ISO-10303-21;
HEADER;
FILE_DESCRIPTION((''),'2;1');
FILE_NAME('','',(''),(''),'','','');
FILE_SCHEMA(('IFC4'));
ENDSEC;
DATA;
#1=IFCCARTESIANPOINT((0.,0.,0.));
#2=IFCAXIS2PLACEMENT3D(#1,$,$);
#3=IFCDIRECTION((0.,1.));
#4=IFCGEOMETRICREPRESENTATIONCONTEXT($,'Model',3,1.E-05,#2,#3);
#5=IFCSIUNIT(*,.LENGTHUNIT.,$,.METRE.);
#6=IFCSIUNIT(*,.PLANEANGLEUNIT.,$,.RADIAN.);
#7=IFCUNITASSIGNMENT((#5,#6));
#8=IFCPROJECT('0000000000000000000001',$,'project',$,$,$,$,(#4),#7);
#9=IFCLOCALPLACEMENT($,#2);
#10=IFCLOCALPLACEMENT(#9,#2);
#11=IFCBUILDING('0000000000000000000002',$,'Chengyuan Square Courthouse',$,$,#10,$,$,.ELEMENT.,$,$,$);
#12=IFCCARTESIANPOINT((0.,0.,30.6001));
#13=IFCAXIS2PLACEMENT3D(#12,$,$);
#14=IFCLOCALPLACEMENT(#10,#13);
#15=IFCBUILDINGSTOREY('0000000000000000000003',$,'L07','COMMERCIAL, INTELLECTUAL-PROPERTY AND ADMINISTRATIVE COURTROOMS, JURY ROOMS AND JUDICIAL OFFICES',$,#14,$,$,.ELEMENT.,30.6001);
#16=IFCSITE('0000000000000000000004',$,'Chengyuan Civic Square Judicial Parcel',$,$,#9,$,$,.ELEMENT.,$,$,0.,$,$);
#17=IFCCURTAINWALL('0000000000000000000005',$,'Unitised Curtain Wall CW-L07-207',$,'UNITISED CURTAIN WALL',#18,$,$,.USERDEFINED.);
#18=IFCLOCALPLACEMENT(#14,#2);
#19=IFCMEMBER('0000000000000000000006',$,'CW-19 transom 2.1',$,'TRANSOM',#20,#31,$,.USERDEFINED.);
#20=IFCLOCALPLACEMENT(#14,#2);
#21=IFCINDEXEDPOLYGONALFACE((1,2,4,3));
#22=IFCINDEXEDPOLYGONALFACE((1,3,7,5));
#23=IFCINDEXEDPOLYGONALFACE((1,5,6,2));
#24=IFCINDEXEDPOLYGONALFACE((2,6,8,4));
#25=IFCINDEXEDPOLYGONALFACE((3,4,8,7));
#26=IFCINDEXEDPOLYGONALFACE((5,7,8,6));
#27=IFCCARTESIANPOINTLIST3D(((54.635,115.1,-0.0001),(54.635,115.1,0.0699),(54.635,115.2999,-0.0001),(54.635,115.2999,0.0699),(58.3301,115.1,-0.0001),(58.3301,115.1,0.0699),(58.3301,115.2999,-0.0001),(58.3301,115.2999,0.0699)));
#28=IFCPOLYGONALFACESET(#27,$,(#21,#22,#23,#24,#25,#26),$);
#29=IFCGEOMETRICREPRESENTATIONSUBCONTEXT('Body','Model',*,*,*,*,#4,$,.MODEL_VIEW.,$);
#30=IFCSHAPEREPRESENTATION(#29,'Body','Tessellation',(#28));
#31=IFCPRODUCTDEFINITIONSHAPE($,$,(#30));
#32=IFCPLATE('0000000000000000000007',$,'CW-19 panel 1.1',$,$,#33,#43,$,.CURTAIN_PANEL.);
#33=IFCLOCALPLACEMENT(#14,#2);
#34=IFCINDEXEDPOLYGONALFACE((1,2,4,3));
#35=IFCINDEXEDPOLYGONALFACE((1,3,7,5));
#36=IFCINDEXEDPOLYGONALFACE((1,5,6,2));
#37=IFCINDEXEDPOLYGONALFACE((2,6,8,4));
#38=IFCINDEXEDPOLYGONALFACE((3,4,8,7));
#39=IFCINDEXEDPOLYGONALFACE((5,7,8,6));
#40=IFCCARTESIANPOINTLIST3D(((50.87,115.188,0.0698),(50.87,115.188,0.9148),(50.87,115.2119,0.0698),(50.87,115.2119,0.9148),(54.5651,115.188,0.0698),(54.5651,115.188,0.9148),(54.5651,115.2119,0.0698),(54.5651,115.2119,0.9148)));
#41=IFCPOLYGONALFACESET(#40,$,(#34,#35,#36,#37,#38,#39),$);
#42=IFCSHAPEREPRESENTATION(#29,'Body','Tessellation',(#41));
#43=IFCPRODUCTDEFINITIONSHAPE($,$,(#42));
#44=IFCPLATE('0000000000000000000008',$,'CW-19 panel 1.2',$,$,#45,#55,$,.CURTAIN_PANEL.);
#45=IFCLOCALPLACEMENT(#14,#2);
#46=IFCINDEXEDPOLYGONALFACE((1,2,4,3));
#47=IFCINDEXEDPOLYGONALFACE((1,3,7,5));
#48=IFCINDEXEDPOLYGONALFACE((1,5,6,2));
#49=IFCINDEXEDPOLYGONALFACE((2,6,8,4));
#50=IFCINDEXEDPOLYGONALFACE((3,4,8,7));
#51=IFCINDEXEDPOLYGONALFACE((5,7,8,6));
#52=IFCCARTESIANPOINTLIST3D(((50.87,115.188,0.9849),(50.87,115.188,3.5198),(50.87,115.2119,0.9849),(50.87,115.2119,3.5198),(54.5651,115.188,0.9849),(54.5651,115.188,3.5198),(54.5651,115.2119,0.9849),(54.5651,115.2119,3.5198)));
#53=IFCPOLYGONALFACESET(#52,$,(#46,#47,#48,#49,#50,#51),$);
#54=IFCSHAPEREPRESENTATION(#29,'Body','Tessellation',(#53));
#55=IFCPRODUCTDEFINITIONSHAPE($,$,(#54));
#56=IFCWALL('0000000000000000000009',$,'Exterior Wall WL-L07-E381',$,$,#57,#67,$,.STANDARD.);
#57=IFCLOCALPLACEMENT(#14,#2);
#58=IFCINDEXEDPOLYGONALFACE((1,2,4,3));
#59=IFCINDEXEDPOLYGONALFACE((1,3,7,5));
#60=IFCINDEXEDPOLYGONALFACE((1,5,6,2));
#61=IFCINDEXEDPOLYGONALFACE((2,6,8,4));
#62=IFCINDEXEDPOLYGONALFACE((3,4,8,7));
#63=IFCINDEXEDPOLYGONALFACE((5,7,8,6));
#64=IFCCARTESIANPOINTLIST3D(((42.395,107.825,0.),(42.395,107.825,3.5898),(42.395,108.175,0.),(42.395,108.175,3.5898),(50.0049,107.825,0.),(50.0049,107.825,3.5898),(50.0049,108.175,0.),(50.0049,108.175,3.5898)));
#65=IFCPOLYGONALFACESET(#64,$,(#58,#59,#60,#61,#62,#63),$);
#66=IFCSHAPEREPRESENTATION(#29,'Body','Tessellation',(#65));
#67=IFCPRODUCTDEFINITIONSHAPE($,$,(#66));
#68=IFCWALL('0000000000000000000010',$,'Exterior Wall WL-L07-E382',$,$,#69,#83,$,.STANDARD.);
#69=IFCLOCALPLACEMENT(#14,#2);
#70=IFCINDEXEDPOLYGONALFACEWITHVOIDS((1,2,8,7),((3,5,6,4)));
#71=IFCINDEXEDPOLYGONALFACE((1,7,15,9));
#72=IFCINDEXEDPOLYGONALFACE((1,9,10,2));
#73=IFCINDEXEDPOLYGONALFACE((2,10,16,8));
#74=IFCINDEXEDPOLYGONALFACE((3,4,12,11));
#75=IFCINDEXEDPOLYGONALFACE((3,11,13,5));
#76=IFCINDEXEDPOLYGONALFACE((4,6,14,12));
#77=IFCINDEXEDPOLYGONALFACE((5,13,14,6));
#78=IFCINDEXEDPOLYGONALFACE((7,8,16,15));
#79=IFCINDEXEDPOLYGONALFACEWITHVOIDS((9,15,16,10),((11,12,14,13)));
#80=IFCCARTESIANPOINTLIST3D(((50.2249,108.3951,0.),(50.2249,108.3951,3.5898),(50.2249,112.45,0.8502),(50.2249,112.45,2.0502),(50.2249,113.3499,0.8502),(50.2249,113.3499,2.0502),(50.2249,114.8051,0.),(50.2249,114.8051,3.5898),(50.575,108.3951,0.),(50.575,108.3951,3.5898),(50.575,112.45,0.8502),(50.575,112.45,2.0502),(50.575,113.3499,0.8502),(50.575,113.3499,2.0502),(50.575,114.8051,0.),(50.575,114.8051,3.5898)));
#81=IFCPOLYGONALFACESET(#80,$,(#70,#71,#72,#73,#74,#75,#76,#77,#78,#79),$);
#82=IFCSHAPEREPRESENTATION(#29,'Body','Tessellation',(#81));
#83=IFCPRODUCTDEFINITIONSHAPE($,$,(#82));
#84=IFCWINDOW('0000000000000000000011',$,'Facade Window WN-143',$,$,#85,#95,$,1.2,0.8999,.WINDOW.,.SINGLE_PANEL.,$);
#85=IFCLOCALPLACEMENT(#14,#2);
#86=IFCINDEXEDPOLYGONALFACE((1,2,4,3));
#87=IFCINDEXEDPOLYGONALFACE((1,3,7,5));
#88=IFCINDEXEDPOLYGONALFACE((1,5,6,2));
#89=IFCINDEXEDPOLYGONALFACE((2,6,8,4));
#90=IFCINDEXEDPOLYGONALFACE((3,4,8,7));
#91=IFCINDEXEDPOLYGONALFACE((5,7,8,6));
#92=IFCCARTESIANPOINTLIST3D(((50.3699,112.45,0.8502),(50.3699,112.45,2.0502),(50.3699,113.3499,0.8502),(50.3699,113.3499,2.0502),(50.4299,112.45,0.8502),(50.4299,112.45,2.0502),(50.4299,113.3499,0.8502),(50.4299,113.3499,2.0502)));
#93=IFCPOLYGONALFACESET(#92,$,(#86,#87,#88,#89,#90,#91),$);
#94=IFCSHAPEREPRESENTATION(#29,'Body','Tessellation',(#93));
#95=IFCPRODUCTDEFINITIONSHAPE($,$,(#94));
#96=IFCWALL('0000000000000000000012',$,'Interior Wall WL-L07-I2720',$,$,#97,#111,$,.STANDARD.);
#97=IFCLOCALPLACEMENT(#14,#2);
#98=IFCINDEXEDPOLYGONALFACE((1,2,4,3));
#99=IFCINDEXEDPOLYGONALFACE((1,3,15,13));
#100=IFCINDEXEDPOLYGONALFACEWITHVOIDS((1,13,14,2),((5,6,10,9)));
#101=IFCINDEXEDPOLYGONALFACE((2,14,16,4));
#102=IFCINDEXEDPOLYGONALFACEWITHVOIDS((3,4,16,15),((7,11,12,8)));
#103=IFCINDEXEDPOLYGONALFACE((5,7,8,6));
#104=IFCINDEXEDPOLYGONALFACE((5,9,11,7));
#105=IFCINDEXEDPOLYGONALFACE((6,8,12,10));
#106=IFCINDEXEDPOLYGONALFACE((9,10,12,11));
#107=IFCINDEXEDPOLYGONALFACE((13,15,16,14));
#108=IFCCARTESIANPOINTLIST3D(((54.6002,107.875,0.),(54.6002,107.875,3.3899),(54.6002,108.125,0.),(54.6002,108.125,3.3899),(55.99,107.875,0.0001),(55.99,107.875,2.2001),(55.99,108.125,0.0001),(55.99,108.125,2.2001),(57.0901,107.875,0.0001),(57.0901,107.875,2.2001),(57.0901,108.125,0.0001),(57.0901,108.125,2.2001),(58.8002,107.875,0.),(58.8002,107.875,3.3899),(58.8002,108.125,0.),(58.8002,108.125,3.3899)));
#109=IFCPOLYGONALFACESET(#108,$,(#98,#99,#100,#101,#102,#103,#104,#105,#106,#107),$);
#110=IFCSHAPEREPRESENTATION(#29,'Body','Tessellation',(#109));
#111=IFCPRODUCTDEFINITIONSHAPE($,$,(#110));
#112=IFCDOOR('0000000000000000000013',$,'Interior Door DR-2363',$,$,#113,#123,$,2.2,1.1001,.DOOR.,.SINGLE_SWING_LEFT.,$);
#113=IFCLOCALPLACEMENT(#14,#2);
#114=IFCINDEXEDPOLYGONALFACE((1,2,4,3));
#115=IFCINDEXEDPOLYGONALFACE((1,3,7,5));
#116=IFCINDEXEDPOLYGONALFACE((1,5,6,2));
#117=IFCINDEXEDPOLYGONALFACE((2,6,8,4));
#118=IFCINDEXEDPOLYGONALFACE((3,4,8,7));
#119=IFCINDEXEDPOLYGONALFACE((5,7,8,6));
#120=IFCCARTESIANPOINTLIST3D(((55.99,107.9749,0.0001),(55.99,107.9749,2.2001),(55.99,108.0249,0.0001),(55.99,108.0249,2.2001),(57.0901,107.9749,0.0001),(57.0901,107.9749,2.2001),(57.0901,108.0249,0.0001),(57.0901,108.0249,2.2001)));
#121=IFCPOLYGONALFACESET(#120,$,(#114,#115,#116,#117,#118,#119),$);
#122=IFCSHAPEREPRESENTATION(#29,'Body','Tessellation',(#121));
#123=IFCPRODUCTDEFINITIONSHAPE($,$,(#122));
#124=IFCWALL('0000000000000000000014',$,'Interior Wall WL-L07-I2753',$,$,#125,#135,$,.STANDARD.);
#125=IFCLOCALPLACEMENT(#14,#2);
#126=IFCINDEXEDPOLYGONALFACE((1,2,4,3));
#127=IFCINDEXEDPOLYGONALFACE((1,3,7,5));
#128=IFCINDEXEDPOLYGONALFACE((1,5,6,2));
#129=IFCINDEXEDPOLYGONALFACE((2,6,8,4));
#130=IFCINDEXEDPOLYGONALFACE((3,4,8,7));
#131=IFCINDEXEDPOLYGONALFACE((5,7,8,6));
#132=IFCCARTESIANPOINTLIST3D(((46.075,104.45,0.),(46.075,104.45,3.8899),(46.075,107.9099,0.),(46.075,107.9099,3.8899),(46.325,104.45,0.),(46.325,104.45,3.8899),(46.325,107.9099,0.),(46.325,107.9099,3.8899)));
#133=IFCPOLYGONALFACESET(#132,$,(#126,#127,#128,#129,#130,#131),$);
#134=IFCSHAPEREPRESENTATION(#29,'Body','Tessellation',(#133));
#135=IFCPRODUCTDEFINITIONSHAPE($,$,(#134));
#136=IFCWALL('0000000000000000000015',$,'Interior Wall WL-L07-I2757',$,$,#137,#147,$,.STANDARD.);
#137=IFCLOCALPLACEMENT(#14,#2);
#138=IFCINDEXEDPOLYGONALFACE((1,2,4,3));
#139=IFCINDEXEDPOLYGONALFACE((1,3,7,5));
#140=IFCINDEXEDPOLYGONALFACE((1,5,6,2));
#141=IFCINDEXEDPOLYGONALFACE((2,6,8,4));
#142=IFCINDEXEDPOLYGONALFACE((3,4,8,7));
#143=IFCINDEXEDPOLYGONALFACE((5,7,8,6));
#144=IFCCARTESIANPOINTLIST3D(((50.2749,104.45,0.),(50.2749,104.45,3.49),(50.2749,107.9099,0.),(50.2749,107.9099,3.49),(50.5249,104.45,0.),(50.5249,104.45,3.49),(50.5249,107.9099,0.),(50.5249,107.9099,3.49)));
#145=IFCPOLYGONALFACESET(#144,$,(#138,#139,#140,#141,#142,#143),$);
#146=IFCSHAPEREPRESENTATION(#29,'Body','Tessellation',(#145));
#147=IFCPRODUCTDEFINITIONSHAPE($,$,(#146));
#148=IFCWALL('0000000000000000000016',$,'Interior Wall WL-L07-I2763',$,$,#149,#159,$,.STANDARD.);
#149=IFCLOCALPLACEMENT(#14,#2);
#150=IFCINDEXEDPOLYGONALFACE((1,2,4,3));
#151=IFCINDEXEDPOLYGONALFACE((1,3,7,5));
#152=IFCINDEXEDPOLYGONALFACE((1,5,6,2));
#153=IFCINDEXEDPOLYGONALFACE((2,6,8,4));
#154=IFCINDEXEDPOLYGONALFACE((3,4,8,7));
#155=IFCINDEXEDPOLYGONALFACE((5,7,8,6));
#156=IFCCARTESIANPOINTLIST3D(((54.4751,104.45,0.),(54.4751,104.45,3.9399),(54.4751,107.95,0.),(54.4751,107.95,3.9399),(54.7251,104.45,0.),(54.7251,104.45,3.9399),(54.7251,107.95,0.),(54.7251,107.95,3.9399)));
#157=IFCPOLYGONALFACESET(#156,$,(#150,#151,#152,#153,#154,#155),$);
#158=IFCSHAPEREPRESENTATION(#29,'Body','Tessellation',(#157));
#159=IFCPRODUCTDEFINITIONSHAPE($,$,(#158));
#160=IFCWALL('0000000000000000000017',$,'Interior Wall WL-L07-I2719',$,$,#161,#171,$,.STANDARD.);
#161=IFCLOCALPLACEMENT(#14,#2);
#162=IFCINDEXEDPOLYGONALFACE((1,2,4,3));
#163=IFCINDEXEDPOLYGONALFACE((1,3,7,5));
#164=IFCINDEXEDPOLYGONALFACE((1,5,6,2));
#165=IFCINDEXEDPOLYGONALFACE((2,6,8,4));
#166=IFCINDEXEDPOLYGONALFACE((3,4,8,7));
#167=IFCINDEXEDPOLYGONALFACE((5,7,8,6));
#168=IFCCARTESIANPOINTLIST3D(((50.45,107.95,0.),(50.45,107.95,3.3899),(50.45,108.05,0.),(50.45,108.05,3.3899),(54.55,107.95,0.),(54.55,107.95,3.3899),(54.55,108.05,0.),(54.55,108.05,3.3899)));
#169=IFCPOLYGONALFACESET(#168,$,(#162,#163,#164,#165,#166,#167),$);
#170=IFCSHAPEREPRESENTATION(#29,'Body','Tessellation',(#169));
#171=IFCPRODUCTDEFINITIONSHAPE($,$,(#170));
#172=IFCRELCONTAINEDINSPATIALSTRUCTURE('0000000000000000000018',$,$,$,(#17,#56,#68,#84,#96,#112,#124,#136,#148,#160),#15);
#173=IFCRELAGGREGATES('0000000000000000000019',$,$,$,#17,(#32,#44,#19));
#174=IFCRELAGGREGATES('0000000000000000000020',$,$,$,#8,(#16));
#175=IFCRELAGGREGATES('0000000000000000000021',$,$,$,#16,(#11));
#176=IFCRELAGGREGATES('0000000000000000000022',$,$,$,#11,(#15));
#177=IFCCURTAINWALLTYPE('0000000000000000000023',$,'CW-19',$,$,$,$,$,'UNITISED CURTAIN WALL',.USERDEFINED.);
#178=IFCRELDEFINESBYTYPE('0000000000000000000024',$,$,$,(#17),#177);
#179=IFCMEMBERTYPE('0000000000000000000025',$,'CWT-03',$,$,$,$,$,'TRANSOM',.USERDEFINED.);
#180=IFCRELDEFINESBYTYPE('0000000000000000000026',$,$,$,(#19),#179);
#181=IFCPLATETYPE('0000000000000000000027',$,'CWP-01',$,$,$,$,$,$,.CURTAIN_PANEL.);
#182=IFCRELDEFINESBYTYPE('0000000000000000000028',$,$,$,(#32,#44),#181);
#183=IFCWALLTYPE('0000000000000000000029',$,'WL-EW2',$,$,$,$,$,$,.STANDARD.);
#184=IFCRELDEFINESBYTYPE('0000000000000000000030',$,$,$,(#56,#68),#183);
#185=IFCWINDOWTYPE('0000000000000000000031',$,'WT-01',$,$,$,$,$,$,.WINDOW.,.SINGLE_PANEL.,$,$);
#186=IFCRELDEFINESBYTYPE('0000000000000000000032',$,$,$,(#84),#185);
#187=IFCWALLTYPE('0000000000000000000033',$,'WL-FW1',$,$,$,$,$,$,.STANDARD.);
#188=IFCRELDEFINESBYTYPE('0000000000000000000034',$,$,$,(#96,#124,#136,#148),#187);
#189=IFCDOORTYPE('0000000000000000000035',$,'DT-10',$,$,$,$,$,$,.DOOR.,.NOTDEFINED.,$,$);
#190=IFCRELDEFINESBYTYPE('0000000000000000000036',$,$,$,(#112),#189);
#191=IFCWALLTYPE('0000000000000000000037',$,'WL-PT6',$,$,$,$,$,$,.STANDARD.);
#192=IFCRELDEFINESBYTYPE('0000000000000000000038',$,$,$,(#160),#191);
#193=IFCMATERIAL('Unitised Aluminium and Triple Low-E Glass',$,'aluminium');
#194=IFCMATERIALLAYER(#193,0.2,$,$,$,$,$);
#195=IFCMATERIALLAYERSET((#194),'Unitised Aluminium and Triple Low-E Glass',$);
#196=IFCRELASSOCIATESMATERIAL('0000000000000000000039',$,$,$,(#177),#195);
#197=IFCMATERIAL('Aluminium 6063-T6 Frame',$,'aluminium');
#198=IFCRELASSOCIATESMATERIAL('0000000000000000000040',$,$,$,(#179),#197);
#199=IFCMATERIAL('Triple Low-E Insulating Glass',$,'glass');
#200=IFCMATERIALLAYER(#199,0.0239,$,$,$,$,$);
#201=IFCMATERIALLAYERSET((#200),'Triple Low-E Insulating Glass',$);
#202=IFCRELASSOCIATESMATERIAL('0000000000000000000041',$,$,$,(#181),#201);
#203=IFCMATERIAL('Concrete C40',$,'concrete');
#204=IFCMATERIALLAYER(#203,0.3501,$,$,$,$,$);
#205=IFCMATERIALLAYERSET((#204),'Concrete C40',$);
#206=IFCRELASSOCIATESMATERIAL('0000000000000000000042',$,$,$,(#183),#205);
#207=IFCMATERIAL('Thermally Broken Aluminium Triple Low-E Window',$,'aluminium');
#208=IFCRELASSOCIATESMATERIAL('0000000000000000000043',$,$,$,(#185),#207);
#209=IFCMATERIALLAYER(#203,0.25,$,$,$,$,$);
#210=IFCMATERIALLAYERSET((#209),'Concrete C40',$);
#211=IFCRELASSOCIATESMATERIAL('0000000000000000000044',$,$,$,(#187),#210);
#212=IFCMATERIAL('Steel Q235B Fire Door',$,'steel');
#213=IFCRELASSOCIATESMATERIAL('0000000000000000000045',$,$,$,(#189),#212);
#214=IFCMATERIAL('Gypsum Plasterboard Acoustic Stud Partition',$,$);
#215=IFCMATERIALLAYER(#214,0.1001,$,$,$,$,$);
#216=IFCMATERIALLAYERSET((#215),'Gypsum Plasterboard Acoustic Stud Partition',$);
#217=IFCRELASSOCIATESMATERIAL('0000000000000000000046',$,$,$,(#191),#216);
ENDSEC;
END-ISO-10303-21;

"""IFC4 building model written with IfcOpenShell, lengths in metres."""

from ifc_helpers import new_model, si_unit, direction, frame, frame_2d, origin, origin_2d, place, context, subcontext, project, spatial, rectangle, extrude, material, layer, layer_set, material_profile, profile_set, type_object, element, fill, aggregate, save


model = new_model("IFC4")

# Units and contexts
model_context = context("Model", 3, precision=1e-05, world=origin(), true_north=direction((0.0, 1.0)))
body_context = subcontext(model_context, "Body", "Model", "MODEL_VIEW")
ifc_project = project(units=[si_unit("LENGTHUNIT", "METRE"), si_unit("PLANEANGLEUNIT", "RADIAN")], contexts=[model_context])

# Site, building, storey
site_placement = place(None, origin())
site = spatial("IfcSite", under=ifc_project, at=site_placement, Name="Chengyuan Civic Square Judicial Parcel", CompositionType="ELEMENT", RefElevation=0.0)
building_placement = place(site_placement, origin())
building = spatial("IfcBuilding", under=site, at=building_placement, Name="Chengyuan Square Courthouse", CompositionType="ELEMENT")
storey_placement = place(building_placement, frame((0.0, 0.0, 30.6001)))
storey = spatial("IfcBuildingStorey", under=building, at=storey_placement, Name="L07", Description="COMMERCIAL, INTELLECTUAL-PROPERTY AND ADMINISTRATIVE COURTROOMS, JURY ROOMS AND JUDICIAL OFFICES", CompositionType="ELEMENT", Elevation=30.6001)

# Shared definitions
ifc_material_1 = material(Name="Concrete C40", Category="concrete")

# Curtain wall, member, plates
ifc_material_2 = material(Name="Unitised Aluminium and Triple Low-E Glass", Category="aluminium")
ifc_layer_1 = layer(ifc_material_2, 0.2)
ifc_layer_set_1 = layer_set([ifc_layer_1], Name="Unitised Aluminium and Triple Low-E Glass")
curtain_wall_type = type_object("IfcCurtainWallType", Name="CW-19", ElementType="UNITISED CURTAIN WALL", PredefinedType="USERDEFINED", material=ifc_layer_set_1)
curtain_wall_placement = place(storey_placement, origin())
curtain_wall = element("IfcCurtainWall", 1, at=curtain_wall_placement, inside=storey, type_object=curtain_wall_type, Name="Unitised Curtain Wall CW-L07-207", ObjectType="UNITISED CURTAIN WALL", PredefinedType="USERDEFINED")
ifc_material_3 = material(Name="Aluminium 6063-T6 Frame", Category="aluminium")
ifc_material_profile_1 = material_profile(ifc_material_3, rectangle(XDim=0.2, YDim=0.0701, at=origin_2d()), Name="CW-TRN-70x160")
ifc_profile_set_1 = profile_set([ifc_material_profile_1], Name="Aluminium 6063-T6 Frame")
member_type_1 = type_object("IfcMemberType", Name="CWT-03", ElementType="TRANSOM", PredefinedType="USERDEFINED", material=ifc_profile_set_1)
member_1_placement = place(storey_placement, frame((54.635, 115.2, 0.0349), z_axis=(1.0, 0.0, 0.0), x_axis=(0.0, 1.0, 0.0)))
member_1 = element("IfcMember", 2, at=member_1_placement, type_object=member_type_1, Name="CW-19 transom 2.1", ObjectType="TRANSOM", PredefinedType="USERDEFINED", context=body_context, shape_type="SweptSolid", body=[
    extrude(rectangle(XDim=0.2, YDim=0.0701, at=origin_2d()), origin(), (0.0, 0.0, 1.0), 3.6951),
])
ifc_material_4 = material(Name="Triple Low-E Insulating Glass", Category="glass")
ifc_layer_2 = layer(ifc_material_4, 0.0239)
ifc_layer_set_2 = layer_set([ifc_layer_2], Name="Triple Low-E Insulating Glass")
plate_type = type_object("IfcPlateType", Name="CWP-01", PredefinedType="CURTAIN_PANEL", material=ifc_layer_set_2)
plate_1_placement = place(storey_placement, frame((52.7175, 115.2, 0.0698), z_axis=(0.0, 0.0, 1.0), x_axis=(1.0, 0.0, 0.0)))
plate_1 = element("IfcPlate", 3, at=plate_1_placement, type_object=plate_type, Name="CW-19 panel 1.1", PredefinedType="CURTAIN_PANEL", context=body_context, shape_type="SweptSolid", body=[
    extrude(rectangle(XDim=3.6951, YDim=0.0239, at=origin_2d()), origin(), (0.0, 0.0, 1.0), 0.845),
])
plate_2_placement = place(storey_placement, frame((52.7175, 115.2, 0.9849), z_axis=(0.0, 0.0, 1.0), x_axis=(1.0, 0.0, 0.0)))
plate_2 = element("IfcPlate", 4, at=plate_2_placement, type_object=plate_type, Name="CW-19 panel 1.2", PredefinedType="CURTAIN_PANEL", context=body_context, shape_type="SweptSolid", body=[
    extrude(rectangle(XDim=3.6951, YDim=0.0239, at=origin_2d()), origin(), (0.0, 0.0, 1.0), 2.5349),
])
aggregate(curtain_wall, [plate_1, plate_2, member_1])

# Wall
ifc_layer_3 = layer(ifc_material_1, 0.3501)
ifc_layer_set_3 = layer_set([ifc_layer_3], Name="Concrete C40")
wall_type_1 = type_object("IfcWallType", Name="WL-EW2", PredefinedType="STANDARD", material=ifc_layer_set_3)
wall_1_placement = place(storey_placement, frame((42.395, 108.0, 0.0), z_axis=(0.0, 0.0, 1.0), x_axis=(1.0, 0.0, 0.0)))
element("IfcWall", 5, at=wall_1_placement, inside=storey, type_object=wall_type_1, Name="Exterior Wall WL-L07-E381", PredefinedType="STANDARD", context=body_context, shape_type="SweptSolid", body=[
    extrude(rectangle(XDim=7.6099, YDim=0.3501, at=frame_2d((3.8049, 0.0))), origin(), (0.0, 0.0, 1.0), 3.5898),
])

# Wall, opening, window
wall_2_placement = place(storey_placement, frame((50.3999, 108.395, 0.0), z_axis=(0.0, 0.0, 1.0), x_axis=(0.0, 1.0, 0.0)))
wall_2 = element("IfcWall", 6, at=wall_2_placement, inside=storey, type_object=wall_type_1, Name="Exterior Wall WL-L07-E382", PredefinedType="STANDARD", context=body_context, shape_type="SweptSolid", body=[
    extrude(rectangle(XDim=6.4099, YDim=0.3501, at=frame_2d((3.2051, 0.0))), origin(), (0.0, 0.0, 1.0), 3.5898),
])
opening_1_placement = place(wall_2_placement, frame((4.0549, 0.0, 0.8501)))
opening_1 = element("IfcOpeningElement", 7, at=opening_1_placement, cuts=wall_2, PredefinedType="OPENING", context=body_context, shape_type="SweptSolid", body=[
    extrude(rectangle(XDim=0.8999, YDim=1.2, at=frame_2d((0.45, 0.6001))), frame((0.0, 0.187, 0.0), z_axis=(0.0, -1.0, 0.0), x_axis=(1.0, 0.0, 0.0)), (0.0, 0.0, 1.0), 0.374),
])
ifc_material_5 = material(Name="Thermally Broken Aluminium Triple Low-E Window", Category="aluminium")
window_type = type_object("IfcWindowType", Name="WT-01", PartitioningType="SINGLE_PANEL", PredefinedType="WINDOW", material=ifc_material_5)
window_placement = place(opening_1_placement, origin())
window = element("IfcWindow", 8, at=window_placement, inside=storey, type_object=window_type, Name="Facade Window WN-143", OverallHeight=1.2, OverallWidth=0.8999, PartitioningType="SINGLE_PANEL", PredefinedType="WINDOW", context=body_context, shape_type="SweptSolid", body=[
    extrude(rectangle(XDim=0.8999, YDim=1.2, at=frame_2d((0.45, 0.6001))), frame((0.0, 0.03, 0.0), z_axis=(0.0, -1.0, 0.0), x_axis=(1.0, 0.0, 0.0)), (0.0, 0.0, 1.0), 0.0601),
])
fill(opening_1, window)

# Wall, opening, door
ifc_layer_4 = layer(ifc_material_1, 0.25)
ifc_layer_set_4 = layer_set([ifc_layer_4], Name="Concrete C40")
wall_type_2 = type_object("IfcWallType", Name="WL-FW1", PredefinedType="STANDARD", material=ifc_layer_set_4)
wall_3_placement = place(storey_placement, frame((54.6001, 108.0, 0.0), z_axis=(0.0, 0.0, 1.0), x_axis=(1.0, 0.0, 0.0)))
wall_3 = element("IfcWall", 9, at=wall_3_placement, inside=storey, type_object=wall_type_2, Name="Interior Wall WL-L07-I2720", PredefinedType="STANDARD", context=body_context, shape_type="SweptSolid", body=[
    extrude(rectangle(XDim=4.2, YDim=0.25, at=frame_2d((2.1001, 0.0))), origin(), (0.0, 0.0, 1.0), 3.3899),
])
opening_2_placement = place(wall_3_placement, frame((1.3899, 0.0, 0.0)))
opening_2 = element("IfcOpeningElement", 10, at=opening_2_placement, cuts=wall_3, PredefinedType="OPENING", context=body_context, shape_type="SweptSolid", body=[
    extrude(rectangle(XDim=1.1001, YDim=2.2, at=frame_2d((0.55, 1.1001))), frame((0.0, 0.137, 0.0), z_axis=(0.0, -1.0, 0.0), x_axis=(1.0, 0.0, 0.0)), (0.0, 0.0, 1.0), 0.2739),
])
ifc_material_6 = material(Name="Steel Q235B Fire Door", Category="steel")
door_type_1 = type_object("IfcDoorType", Name="DT-10", OperationType="NOTDEFINED", PredefinedType="DOOR", material=ifc_material_6)
door_1_placement = place(opening_2_placement, origin())
door_1 = element("IfcDoor", 11, at=door_1_placement, inside=storey, type_object=door_type_1, Name="Interior Door DR-2363", OperationType="SINGLE_SWING_LEFT", OverallHeight=2.2, OverallWidth=1.1001, PredefinedType="DOOR", context=body_context, shape_type="SweptSolid", body=[
    extrude(rectangle(XDim=1.1001, YDim=2.2, at=frame_2d((0.55, 1.1001))), frame((0.0, 0.0249, 0.0), z_axis=(0.0, -1.0, 0.0), x_axis=(1.0, 0.0, 0.0)), (0.0, 0.0, 1.0), 0.05),
])
fill(opening_2, door_1)

# Walls
wall_4_placement = place(storey_placement, frame((46.2, 104.45, 0.0), z_axis=(0.0, 0.0, 1.0), x_axis=(0.0, 1.0, 0.0)))
element("IfcWall", 12, at=wall_4_placement, inside=storey, type_object=wall_type_2, Name="Interior Wall WL-L07-I2753", PredefinedType="STANDARD", context=body_context, shape_type="SweptSolid", body=[
    extrude(rectangle(XDim=3.46, YDim=0.25, at=frame_2d((1.73, 0.0))), origin(), (0.0, 0.0, 1.0), 3.8899),
])
wall_5_placement = place(storey_placement, frame((50.3999, 104.45, 0.0), z_axis=(0.0, 0.0, 1.0), x_axis=(0.0, 1.0, 0.0)))
element("IfcWall", 13, at=wall_5_placement, inside=storey, type_object=wall_type_2, Name="Interior Wall WL-L07-I2757", PredefinedType="STANDARD", context=body_context, shape_type="SweptSolid", body=[
    extrude(rectangle(XDim=3.46, YDim=0.25, at=frame_2d((1.73, 0.0))), origin(), (0.0, 0.0, 1.0), 3.49),
])
wall_6_placement = place(storey_placement, frame((54.6001, 104.45, 0.0), z_axis=(0.0, 0.0, 1.0), x_axis=(0.0, 1.0, 0.0)))
element("IfcWall", 14, at=wall_6_placement, inside=storey, type_object=wall_type_2, Name="Interior Wall WL-L07-I2763", PredefinedType="STANDARD", context=body_context, shape_type="SweptSolid", body=[
    extrude(rectangle(XDim=3.5, YDim=0.25, at=frame_2d((1.75, 0.0))), origin(), (0.0, 0.0, 1.0), 3.9399),
])
ifc_material_7 = material(Name="Gypsum Plasterboard Acoustic Stud Partition")
ifc_layer_5 = layer(ifc_material_7, 0.1001)
ifc_layer_set_5 = layer_set([ifc_layer_5], Name="Gypsum Plasterboard Acoustic Stud Partition")
wall_type_3 = type_object("IfcWallType", Name="WL-PT6", PredefinedType="STANDARD", material=ifc_layer_set_5)
wall_7_placement = place(storey_placement, frame((50.45, 108.0, 0.0), z_axis=(0.0, 0.0, 1.0), x_axis=(1.0, 0.0, 0.0)))
element("IfcWall", 15, at=wall_7_placement, inside=storey, type_object=wall_type_3, Name="Interior Wall WL-L07-I2719", PredefinedType="STANDARD", context=body_context, shape_type="SweptSolid", body=[
    extrude(rectangle(XDim=4.1001, YDim=0.1001, at=frame_2d((2.05, 0.0))), origin(), (0.0, 0.0, 1.0), 3.3899),
])

save(model, "model.ifc")
